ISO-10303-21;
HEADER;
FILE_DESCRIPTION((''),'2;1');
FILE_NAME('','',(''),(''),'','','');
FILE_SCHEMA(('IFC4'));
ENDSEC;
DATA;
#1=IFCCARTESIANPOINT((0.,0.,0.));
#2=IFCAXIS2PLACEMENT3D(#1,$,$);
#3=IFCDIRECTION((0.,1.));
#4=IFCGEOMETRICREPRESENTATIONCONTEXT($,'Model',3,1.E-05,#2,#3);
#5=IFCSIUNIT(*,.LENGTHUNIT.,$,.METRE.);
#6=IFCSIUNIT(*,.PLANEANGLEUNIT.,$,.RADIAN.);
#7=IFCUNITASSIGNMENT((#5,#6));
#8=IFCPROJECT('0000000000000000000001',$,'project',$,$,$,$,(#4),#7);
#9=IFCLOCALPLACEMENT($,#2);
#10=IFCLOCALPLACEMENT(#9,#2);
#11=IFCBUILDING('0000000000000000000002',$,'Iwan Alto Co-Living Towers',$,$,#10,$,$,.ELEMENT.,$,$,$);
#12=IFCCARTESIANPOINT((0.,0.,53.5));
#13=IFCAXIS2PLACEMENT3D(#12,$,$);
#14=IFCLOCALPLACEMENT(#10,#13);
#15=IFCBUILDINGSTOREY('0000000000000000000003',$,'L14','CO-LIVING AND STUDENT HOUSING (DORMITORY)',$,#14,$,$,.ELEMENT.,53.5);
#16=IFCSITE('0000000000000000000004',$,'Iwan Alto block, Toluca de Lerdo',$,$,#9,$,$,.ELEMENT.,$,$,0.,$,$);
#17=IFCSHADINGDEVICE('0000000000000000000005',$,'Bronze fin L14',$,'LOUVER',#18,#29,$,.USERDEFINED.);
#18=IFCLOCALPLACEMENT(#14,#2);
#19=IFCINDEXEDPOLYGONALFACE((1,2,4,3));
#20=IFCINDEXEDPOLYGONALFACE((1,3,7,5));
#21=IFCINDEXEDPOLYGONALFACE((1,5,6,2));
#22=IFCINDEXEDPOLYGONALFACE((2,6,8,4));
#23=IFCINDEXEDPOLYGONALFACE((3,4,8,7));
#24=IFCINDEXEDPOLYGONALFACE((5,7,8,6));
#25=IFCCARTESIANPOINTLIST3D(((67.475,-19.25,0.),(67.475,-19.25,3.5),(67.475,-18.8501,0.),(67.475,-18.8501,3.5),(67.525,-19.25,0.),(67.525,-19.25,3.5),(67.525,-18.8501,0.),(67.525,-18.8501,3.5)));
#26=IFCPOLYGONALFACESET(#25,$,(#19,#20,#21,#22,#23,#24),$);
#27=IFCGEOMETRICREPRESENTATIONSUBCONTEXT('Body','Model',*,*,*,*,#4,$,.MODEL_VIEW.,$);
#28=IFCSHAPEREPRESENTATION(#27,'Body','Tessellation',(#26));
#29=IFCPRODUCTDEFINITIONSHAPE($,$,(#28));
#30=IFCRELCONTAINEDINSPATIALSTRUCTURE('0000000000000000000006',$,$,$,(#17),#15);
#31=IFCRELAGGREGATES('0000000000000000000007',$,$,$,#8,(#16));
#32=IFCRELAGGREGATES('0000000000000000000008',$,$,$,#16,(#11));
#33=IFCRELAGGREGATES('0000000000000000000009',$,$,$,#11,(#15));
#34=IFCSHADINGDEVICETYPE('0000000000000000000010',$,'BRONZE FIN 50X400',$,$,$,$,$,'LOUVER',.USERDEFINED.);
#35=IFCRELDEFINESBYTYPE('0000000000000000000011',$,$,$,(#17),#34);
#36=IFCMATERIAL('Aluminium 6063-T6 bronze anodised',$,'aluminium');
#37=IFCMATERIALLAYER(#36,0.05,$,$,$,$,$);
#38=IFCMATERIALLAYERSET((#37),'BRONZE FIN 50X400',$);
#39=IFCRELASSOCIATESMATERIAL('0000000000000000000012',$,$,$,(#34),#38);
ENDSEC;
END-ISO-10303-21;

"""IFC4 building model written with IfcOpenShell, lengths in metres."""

from ifc_helpers import new_model, si_unit, direction, frame, origin, origin_2d, place, context, subcontext, project, spatial, rectangle, extrude, material, layer, layer_set, type_object, element, save


model = new_model("IFC4")

# Units and contexts
model_context = context("Model", 3, precision=1e-05, world=origin(), true_north=direction((0.0, 1.0)))
body_context = subcontext(model_context, "Body", "Model", "MODEL_VIEW")
ifc_project = project(units=[si_unit("LENGTHUNIT", "METRE"), si_unit("PLANEANGLEUNIT", "RADIAN")], contexts=[model_context])

# Site, building, storey
site_placement = place(None, origin())
site = spatial("IfcSite", under=ifc_project, at=site_placement, Name="Iwan Alto block, Toluca de Lerdo", CompositionType="ELEMENT", RefElevation=0.0)
building_placement = place(site_placement, origin())
building = spatial("IfcBuilding", under=site, at=building_placement, Name="Iwan Alto Co-Living Towers", CompositionType="ELEMENT")
storey_placement = place(building_placement, frame((0.0, 0.0, 53.5)))
storey = spatial("IfcBuildingStorey", under=building, at=storey_placement, Name="L14", Description="CO-LIVING AND STUDENT HOUSING (DORMITORY)", CompositionType="ELEMENT", Elevation=53.5)

# Shading device
ifc_material_1 = material(Name="Aluminium 6063-T6 bronze anodised", Category="aluminium")
ifc_layer_1 = layer(ifc_material_1, 0.05)
ifc_layer_set_1 = layer_set([ifc_layer_1], Name="BRONZE FIN 50X400")
shading_device_type = type_object("IfcShadingDeviceType", Name="BRONZE FIN 50X400", ElementType="LOUVER", PredefinedType="USERDEFINED", material=ifc_layer_set_1)
for number, where, z_axis, x_axis, name in (
    (1, (67.5, -19.05, 0.0), (0.0, 0.0, 1.0), (1.0, 0.0, 0.0), "Bronze fin L14"),
):
    element("IfcShadingDevice", number, at=place(storey_placement, frame(where, z_axis=z_axis, x_axis=x_axis)), inside=storey, type_object=shading_device_type, Name=name, ObjectType="LOUVER", PredefinedType="USERDEFINED", context=body_context, shape_type="SweptSolid", body=[
        extrude(rectangle(XDim=0.05, YDim=0.3999, at=origin_2d()), origin(), (0.0, 0.0, 1.0), 3.5),
    ])

save(model, "model.ifc")
